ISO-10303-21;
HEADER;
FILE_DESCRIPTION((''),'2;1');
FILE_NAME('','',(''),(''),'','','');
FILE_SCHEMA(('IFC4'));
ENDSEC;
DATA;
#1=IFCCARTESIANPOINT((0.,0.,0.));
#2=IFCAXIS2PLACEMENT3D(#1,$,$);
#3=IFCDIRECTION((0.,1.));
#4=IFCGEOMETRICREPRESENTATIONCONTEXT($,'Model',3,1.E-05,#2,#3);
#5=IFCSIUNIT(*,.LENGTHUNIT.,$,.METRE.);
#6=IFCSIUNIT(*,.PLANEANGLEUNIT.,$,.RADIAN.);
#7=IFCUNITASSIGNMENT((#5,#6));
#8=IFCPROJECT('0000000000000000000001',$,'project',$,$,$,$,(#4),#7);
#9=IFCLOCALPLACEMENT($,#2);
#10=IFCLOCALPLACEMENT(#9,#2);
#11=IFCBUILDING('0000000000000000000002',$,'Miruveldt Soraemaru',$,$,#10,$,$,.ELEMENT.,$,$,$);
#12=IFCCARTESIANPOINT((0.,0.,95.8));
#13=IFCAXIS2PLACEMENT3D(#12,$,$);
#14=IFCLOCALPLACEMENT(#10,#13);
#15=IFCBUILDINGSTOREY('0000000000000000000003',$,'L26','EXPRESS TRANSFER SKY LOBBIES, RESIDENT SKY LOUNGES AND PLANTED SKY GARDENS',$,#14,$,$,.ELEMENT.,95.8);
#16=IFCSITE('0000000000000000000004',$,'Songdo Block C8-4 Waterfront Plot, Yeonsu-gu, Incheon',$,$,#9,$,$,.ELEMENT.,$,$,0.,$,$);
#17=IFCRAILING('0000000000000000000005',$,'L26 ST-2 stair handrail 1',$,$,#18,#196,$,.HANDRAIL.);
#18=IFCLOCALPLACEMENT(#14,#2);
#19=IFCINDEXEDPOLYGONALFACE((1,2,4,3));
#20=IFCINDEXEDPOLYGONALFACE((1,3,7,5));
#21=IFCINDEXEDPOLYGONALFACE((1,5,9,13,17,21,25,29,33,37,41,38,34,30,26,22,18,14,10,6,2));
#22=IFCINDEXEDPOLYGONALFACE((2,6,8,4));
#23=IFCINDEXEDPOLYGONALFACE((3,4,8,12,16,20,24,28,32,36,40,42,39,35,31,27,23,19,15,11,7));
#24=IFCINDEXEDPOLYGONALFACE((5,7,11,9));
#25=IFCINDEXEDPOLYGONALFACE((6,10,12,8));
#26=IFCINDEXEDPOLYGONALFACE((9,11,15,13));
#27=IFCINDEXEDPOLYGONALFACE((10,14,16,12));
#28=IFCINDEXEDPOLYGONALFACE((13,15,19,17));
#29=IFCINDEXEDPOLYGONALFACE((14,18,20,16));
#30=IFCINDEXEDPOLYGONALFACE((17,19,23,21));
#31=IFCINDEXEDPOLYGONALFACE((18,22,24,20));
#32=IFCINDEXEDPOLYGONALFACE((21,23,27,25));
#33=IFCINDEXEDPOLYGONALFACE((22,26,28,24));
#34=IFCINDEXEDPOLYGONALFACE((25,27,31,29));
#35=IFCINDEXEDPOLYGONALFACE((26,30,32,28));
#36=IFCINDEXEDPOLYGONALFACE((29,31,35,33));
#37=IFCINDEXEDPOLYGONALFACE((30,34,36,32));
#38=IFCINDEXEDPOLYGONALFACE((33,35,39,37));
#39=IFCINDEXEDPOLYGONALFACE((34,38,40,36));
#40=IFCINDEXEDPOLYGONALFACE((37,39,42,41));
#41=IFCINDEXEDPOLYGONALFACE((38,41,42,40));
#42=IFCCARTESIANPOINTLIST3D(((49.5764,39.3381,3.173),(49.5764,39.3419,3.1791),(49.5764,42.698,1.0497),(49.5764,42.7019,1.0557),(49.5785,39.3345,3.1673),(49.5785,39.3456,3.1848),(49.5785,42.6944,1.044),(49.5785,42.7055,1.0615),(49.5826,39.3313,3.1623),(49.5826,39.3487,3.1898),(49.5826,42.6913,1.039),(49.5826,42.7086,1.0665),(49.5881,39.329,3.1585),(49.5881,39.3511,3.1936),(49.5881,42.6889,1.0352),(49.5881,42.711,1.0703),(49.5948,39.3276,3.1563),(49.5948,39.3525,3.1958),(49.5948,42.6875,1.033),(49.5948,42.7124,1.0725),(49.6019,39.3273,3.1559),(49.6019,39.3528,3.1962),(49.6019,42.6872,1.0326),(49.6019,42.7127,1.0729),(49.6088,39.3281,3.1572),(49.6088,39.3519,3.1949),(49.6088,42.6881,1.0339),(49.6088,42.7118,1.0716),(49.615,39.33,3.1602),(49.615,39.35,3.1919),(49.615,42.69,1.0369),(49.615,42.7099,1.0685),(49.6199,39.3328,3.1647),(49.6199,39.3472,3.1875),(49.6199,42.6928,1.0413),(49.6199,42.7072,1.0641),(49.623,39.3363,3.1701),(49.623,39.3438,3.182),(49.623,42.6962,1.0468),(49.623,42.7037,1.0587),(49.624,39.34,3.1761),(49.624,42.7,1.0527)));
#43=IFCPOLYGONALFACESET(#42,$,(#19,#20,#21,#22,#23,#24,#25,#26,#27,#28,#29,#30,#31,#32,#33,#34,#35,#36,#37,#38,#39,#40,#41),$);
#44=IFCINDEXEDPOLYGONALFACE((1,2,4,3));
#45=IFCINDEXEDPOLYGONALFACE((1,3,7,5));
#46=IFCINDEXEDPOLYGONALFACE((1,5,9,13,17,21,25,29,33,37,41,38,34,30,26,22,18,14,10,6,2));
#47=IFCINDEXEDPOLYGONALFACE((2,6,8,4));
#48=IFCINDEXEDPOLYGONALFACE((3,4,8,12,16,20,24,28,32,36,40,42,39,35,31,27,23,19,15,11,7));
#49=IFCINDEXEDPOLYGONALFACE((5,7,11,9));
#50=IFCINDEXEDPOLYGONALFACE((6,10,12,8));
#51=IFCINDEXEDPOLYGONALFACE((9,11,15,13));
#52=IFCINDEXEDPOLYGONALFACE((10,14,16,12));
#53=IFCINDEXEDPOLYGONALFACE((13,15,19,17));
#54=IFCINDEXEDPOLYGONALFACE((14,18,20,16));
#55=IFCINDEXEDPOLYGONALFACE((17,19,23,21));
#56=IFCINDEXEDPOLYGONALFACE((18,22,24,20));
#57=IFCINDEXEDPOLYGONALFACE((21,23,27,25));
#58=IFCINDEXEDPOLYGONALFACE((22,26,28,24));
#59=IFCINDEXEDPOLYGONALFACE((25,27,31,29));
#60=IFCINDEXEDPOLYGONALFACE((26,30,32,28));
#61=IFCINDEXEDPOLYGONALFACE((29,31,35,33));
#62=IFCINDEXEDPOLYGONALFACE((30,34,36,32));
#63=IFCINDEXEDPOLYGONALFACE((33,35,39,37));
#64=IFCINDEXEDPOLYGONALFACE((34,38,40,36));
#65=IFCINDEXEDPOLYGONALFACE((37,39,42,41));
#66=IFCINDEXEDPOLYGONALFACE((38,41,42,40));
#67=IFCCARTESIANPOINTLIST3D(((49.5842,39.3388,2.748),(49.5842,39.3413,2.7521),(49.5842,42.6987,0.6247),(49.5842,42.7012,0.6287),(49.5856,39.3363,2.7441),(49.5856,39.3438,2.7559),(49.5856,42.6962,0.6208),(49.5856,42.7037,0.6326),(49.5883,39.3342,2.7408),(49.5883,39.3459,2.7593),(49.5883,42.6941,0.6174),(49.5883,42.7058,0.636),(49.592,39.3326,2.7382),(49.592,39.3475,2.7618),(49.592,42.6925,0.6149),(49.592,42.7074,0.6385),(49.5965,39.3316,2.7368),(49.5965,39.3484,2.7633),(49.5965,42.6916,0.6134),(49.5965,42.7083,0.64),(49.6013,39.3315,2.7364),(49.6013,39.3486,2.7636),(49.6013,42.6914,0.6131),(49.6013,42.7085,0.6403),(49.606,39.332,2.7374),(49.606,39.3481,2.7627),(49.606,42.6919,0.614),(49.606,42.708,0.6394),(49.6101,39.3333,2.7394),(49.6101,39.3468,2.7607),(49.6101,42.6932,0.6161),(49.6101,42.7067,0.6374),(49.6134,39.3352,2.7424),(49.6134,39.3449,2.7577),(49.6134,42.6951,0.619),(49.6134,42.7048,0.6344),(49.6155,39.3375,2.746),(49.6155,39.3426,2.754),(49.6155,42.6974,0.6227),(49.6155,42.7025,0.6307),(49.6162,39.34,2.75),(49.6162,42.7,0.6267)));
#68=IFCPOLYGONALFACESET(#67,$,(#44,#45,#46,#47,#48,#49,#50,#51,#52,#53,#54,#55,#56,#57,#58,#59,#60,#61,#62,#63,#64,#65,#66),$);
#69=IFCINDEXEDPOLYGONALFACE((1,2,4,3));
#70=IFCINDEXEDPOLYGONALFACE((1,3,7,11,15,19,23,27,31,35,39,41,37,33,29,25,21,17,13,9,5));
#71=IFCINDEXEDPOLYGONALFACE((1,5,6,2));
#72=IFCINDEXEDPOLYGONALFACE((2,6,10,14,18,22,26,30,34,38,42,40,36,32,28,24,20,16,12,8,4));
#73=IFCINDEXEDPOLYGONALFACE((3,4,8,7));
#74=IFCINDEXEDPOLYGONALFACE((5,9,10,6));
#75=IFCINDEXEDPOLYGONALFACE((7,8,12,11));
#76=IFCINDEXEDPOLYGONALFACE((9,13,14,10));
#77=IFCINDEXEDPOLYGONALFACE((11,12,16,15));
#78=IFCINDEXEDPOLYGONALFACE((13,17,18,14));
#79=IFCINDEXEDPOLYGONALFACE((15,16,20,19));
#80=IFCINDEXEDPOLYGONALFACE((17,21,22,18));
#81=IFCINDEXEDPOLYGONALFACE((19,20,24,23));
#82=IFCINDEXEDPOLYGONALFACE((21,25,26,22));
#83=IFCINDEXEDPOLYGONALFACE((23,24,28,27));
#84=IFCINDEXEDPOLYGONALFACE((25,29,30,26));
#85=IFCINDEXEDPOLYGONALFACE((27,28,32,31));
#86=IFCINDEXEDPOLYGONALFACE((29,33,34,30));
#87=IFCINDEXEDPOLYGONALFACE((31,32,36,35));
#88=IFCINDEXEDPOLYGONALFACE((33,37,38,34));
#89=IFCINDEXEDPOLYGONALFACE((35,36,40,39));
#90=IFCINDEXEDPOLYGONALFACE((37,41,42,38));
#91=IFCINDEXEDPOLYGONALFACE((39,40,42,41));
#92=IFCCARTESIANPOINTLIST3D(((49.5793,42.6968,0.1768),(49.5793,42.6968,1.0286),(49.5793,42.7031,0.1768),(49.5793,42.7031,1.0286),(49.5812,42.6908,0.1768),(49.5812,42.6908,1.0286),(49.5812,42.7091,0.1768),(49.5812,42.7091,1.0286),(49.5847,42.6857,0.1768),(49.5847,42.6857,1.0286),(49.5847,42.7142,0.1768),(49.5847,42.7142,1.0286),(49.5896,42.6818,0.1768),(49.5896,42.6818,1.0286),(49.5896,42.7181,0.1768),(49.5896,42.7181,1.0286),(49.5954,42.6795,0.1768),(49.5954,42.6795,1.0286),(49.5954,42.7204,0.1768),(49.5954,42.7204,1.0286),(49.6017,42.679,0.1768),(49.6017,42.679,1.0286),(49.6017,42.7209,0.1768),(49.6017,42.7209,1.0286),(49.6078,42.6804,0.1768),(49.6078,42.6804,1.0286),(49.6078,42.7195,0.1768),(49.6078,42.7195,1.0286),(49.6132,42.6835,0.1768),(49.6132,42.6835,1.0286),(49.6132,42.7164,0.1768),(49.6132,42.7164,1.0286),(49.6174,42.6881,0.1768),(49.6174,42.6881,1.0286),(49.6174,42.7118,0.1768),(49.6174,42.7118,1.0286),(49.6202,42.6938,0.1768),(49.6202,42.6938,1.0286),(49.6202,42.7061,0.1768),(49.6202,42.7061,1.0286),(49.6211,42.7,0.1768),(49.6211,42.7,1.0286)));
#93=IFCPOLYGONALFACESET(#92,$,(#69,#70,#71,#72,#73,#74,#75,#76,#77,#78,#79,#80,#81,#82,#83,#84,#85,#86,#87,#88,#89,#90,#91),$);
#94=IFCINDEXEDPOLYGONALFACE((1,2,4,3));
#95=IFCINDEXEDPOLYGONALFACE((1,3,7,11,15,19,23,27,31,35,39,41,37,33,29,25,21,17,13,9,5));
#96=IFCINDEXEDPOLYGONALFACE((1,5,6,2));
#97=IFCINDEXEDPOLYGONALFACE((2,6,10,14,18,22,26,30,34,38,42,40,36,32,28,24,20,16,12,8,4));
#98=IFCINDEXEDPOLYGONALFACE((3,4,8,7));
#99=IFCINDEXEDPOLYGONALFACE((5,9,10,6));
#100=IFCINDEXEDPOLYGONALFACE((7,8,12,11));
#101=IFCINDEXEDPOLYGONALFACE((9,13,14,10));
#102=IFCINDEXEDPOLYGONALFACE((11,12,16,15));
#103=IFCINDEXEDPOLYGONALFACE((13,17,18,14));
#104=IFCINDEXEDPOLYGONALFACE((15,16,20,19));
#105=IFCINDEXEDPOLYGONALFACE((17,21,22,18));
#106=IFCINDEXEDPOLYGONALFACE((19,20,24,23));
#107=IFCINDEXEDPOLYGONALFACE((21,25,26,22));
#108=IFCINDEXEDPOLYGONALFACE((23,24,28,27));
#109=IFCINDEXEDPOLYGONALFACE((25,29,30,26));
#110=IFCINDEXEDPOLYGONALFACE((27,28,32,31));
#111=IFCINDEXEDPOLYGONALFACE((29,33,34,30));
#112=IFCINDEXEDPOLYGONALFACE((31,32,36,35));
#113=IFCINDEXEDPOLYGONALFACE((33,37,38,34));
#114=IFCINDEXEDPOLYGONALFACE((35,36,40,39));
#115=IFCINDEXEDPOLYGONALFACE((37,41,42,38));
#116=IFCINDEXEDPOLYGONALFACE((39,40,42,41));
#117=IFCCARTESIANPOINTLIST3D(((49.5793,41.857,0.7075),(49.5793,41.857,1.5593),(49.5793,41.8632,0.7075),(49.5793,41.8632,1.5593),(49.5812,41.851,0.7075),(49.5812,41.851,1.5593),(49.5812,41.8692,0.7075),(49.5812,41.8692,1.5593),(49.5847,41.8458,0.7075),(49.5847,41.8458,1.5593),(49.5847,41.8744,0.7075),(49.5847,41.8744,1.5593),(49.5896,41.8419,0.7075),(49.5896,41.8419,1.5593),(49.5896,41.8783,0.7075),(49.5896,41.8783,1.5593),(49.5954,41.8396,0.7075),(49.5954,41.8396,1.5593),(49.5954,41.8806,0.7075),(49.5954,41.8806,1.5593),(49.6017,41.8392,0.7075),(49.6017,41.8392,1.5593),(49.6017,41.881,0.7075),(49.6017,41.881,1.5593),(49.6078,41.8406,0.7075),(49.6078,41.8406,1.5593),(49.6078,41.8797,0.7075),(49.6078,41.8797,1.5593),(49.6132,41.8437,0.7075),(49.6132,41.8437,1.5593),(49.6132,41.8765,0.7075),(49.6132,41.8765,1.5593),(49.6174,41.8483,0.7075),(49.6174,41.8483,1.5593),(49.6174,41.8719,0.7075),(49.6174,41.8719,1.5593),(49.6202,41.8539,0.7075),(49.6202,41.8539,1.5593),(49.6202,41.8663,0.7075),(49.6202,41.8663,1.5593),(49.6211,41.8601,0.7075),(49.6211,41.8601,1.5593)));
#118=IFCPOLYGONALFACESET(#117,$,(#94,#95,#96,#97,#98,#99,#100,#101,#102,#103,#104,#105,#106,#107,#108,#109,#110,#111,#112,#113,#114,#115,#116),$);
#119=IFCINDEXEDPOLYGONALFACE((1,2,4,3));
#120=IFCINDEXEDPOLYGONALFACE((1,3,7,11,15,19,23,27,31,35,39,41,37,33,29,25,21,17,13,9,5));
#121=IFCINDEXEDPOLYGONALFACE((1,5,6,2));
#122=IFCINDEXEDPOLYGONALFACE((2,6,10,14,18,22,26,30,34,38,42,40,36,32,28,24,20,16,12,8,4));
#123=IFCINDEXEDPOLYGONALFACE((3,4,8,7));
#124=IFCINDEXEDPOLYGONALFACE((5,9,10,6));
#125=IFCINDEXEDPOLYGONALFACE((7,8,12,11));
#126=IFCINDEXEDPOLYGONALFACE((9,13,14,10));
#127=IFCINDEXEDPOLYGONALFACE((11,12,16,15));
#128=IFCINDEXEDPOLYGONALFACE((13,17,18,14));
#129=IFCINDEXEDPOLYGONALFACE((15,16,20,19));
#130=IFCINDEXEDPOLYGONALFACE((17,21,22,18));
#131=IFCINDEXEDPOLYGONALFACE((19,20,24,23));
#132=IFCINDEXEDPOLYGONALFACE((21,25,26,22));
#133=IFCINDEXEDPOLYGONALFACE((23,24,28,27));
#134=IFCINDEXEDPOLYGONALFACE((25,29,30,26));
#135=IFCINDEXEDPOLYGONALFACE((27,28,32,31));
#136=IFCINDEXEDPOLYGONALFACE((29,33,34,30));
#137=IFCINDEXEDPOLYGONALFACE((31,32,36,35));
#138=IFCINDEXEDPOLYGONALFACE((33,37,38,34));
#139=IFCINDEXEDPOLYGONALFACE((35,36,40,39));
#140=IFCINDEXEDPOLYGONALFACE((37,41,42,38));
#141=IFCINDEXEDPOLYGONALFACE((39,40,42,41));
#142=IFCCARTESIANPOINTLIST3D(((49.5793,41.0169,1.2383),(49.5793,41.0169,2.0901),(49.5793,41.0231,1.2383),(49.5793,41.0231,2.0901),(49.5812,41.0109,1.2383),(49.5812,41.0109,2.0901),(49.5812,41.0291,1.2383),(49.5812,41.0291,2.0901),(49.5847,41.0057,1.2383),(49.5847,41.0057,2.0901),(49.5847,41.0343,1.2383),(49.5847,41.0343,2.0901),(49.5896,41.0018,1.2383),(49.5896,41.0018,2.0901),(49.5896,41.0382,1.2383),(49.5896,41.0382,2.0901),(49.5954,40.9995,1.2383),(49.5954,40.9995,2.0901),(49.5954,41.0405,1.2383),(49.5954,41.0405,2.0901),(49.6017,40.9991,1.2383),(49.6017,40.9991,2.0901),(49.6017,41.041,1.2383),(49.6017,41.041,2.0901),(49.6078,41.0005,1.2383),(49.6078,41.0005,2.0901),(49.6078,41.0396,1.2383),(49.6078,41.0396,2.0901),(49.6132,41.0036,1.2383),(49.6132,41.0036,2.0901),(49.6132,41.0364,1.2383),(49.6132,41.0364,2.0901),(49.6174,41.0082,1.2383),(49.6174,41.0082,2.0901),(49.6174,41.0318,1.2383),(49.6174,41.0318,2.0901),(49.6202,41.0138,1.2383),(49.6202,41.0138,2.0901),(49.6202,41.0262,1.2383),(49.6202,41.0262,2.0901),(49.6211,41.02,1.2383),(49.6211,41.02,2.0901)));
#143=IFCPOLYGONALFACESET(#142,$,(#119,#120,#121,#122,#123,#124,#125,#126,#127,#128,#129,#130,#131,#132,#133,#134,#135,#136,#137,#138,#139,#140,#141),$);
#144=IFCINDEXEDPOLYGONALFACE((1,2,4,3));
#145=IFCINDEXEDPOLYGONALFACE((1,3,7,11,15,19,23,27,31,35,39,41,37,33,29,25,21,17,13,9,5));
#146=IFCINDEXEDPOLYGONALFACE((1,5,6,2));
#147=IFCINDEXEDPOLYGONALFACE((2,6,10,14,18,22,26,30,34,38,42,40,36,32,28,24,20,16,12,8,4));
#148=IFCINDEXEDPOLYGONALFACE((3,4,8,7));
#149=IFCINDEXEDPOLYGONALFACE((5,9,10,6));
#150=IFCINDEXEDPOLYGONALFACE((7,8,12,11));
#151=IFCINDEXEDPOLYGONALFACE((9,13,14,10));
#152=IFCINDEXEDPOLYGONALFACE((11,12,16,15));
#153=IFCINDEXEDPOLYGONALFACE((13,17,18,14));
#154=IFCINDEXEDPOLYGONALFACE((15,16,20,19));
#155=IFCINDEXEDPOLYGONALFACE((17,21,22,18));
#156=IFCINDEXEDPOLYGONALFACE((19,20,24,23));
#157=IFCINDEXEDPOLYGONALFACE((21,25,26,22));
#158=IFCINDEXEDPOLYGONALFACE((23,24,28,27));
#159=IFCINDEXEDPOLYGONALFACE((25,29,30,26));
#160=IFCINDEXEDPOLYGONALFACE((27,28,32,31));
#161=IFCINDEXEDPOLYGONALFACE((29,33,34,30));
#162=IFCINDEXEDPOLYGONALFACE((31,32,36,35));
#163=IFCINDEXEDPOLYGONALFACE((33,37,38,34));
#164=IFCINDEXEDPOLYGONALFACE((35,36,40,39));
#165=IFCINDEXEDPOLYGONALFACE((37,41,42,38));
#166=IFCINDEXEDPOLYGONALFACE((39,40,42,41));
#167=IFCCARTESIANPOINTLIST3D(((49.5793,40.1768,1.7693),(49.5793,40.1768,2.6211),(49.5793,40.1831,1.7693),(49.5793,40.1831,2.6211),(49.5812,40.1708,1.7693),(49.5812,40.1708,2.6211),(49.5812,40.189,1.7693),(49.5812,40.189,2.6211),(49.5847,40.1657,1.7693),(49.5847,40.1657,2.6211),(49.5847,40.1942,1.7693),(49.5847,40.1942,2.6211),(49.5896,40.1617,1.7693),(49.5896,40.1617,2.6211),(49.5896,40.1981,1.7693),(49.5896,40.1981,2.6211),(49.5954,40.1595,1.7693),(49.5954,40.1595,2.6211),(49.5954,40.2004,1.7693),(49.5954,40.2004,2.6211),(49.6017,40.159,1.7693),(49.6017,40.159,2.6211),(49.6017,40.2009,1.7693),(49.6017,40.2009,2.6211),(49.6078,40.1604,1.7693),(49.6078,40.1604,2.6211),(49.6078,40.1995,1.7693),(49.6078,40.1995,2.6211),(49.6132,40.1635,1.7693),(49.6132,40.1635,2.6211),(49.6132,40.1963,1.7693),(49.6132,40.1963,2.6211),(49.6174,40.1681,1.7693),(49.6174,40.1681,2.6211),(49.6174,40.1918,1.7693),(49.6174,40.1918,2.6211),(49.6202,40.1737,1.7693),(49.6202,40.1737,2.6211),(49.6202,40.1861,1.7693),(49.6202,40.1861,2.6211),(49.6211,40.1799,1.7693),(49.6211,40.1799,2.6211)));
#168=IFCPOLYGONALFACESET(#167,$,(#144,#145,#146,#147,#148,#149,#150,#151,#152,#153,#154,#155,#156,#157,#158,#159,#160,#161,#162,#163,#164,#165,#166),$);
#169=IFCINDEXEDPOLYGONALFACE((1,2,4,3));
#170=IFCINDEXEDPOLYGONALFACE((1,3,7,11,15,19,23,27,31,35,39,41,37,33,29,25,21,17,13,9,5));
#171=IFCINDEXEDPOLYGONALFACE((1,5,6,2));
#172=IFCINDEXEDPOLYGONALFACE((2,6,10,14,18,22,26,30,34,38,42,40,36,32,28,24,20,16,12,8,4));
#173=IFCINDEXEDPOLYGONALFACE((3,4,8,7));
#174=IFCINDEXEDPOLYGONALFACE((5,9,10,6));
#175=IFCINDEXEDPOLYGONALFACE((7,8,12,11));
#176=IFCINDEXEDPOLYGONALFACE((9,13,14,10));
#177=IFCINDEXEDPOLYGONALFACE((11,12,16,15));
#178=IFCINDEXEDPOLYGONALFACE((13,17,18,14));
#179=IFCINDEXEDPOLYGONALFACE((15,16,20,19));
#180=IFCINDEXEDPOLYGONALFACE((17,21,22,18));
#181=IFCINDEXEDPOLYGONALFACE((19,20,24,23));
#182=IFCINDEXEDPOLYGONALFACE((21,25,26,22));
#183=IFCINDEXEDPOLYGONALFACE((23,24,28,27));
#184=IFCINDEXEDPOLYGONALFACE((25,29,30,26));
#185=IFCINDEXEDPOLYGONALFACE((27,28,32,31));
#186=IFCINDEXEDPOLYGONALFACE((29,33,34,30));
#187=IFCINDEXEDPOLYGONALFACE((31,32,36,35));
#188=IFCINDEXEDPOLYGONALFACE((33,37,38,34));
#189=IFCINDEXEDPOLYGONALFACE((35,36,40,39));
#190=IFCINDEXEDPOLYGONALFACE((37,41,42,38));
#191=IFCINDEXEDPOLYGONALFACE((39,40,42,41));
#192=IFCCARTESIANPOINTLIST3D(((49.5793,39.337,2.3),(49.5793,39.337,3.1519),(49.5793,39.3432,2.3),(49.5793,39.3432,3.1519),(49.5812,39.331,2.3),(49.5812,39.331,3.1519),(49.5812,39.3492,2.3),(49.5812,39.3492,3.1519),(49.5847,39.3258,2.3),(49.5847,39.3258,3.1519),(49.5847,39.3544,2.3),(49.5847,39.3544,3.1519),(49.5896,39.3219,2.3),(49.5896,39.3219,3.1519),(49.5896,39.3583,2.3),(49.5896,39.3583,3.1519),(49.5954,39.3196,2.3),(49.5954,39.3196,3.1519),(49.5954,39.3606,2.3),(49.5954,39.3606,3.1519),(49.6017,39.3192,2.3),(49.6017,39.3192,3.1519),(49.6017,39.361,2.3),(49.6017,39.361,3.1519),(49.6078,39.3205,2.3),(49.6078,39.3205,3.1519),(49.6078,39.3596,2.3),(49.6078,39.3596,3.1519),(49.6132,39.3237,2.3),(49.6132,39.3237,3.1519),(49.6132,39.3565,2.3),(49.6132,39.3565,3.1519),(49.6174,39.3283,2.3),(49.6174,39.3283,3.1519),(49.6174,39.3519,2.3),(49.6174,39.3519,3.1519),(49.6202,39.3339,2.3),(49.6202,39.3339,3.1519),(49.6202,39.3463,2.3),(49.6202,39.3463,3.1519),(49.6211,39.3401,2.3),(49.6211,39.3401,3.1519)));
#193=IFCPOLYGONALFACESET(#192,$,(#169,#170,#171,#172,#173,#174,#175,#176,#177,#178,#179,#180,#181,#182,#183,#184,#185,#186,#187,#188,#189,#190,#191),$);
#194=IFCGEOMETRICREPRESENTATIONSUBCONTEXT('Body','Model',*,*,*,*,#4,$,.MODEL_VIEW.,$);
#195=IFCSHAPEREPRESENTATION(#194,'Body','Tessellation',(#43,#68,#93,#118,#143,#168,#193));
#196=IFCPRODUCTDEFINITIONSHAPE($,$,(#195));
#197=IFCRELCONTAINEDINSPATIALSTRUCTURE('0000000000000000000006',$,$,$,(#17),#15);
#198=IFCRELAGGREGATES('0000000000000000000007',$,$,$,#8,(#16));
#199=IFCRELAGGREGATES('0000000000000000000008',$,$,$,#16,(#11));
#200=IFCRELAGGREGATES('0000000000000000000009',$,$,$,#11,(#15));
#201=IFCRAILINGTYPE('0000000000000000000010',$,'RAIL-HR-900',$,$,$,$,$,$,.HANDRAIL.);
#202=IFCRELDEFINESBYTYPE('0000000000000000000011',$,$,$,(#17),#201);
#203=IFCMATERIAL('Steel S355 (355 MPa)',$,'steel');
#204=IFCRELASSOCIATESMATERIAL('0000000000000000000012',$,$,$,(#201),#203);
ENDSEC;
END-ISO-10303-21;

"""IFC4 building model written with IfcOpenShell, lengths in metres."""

from ifc_helpers import new_model, si_unit, direction, frame, origin, origin_2d, place, context, subcontext, project, spatial, circle, extrude, material, type_object, element, save


model = new_model("IFC4")

# Units and contexts
model_context = context("Model", 3, precision=1e-05, world=origin(), true_north=direction((0.0, 1.0)))
body_context = subcontext(model_context, "Body", "Model", "MODEL_VIEW")
ifc_project = project(units=[si_unit("LENGTHUNIT", "METRE"), si_unit("PLANEANGLEUNIT", "RADIAN")], contexts=[model_context])

# Site, building, storey
site_placement = place(None, origin())
site = spatial("IfcSite", under=ifc_project, at=site_placement, Name="Songdo Block C8-4 Waterfront Plot, Yeonsu-gu, Incheon", CompositionType="ELEMENT", RefElevation=0.0)
building_placement = place(site_placement, origin())
building = spatial("IfcBuilding", under=site, at=building_placement, Name="Miruveldt Soraemaru", CompositionType="ELEMENT")
storey_placement = place(building_placement, frame((0.0, 0.0, 95.8)))
storey = spatial("IfcBuildingStorey", under=building, at=storey_placement, Name="L26", Description="EXPRESS TRANSFER SKY LOBBIES, RESIDENT SKY LOUNGES AND PLANTED SKY GARDENS", CompositionType="ELEMENT", Elevation=95.8)

# Railing
ifc_material_1 = material(Name="Steel S355 (355 MPa)", Category="steel")
railing_type_1 = type_object("IfcRailingType", Name="RAIL-HR-900", PredefinedType="HANDRAIL", material=ifc_material_1)
railing_1_placement = place(storey_placement, frame((49.6001, 42.7, 0.1768)))
element("IfcRailing", 1, at=railing_1_placement, inside=storey, type_object=railing_type_1, Name="L26 ST-2 stair handrail 1", PredefinedType="HANDRAIL", context=body_context, shape_type="SweptSolid", body=[
    extrude(circle(Radius=0.0239, at=origin_2d()), frame((0.0, 0.0, 0.876), z_axis=(0.0, -0.845344, 0.534222), x_axis=(1.0, 0.0, 0.0)), (0.0, 0.0, 1.0), 3.9746),
    extrude(circle(Radius=0.0161, at=origin_2d()), frame((0.0, 0.0, 0.45), z_axis=(0.0, -0.845344, 0.534222), x_axis=(1.0, 0.0, 0.0)), (0.0, 0.0, 1.0), 3.9746),
    extrude(circle(Radius=0.021, at=origin_2d()), origin(), (0.0, 0.0, 1.0), 0.8518),
    extrude(circle(Radius=0.021, at=origin_2d()), frame((0.0, -0.8398, 0.5308)), (0.0, 0.0, 1.0), 0.8518),
    extrude(circle(Radius=0.021, at=origin_2d()), frame((0.0, -1.6799, 1.0615)), (0.0, 0.0, 1.0), 0.8518),
    extrude(circle(Radius=0.021, at=origin_2d()), frame((0.0, -2.52, 1.5925)), (0.0, 0.0, 1.0), 0.8518),
    extrude(circle(Radius=0.021, at=origin_2d()), frame((0.0, -3.3599, 2.1233)), (0.0, 0.0, 1.0), 0.8518),
])

save(model, "model.ifc")
